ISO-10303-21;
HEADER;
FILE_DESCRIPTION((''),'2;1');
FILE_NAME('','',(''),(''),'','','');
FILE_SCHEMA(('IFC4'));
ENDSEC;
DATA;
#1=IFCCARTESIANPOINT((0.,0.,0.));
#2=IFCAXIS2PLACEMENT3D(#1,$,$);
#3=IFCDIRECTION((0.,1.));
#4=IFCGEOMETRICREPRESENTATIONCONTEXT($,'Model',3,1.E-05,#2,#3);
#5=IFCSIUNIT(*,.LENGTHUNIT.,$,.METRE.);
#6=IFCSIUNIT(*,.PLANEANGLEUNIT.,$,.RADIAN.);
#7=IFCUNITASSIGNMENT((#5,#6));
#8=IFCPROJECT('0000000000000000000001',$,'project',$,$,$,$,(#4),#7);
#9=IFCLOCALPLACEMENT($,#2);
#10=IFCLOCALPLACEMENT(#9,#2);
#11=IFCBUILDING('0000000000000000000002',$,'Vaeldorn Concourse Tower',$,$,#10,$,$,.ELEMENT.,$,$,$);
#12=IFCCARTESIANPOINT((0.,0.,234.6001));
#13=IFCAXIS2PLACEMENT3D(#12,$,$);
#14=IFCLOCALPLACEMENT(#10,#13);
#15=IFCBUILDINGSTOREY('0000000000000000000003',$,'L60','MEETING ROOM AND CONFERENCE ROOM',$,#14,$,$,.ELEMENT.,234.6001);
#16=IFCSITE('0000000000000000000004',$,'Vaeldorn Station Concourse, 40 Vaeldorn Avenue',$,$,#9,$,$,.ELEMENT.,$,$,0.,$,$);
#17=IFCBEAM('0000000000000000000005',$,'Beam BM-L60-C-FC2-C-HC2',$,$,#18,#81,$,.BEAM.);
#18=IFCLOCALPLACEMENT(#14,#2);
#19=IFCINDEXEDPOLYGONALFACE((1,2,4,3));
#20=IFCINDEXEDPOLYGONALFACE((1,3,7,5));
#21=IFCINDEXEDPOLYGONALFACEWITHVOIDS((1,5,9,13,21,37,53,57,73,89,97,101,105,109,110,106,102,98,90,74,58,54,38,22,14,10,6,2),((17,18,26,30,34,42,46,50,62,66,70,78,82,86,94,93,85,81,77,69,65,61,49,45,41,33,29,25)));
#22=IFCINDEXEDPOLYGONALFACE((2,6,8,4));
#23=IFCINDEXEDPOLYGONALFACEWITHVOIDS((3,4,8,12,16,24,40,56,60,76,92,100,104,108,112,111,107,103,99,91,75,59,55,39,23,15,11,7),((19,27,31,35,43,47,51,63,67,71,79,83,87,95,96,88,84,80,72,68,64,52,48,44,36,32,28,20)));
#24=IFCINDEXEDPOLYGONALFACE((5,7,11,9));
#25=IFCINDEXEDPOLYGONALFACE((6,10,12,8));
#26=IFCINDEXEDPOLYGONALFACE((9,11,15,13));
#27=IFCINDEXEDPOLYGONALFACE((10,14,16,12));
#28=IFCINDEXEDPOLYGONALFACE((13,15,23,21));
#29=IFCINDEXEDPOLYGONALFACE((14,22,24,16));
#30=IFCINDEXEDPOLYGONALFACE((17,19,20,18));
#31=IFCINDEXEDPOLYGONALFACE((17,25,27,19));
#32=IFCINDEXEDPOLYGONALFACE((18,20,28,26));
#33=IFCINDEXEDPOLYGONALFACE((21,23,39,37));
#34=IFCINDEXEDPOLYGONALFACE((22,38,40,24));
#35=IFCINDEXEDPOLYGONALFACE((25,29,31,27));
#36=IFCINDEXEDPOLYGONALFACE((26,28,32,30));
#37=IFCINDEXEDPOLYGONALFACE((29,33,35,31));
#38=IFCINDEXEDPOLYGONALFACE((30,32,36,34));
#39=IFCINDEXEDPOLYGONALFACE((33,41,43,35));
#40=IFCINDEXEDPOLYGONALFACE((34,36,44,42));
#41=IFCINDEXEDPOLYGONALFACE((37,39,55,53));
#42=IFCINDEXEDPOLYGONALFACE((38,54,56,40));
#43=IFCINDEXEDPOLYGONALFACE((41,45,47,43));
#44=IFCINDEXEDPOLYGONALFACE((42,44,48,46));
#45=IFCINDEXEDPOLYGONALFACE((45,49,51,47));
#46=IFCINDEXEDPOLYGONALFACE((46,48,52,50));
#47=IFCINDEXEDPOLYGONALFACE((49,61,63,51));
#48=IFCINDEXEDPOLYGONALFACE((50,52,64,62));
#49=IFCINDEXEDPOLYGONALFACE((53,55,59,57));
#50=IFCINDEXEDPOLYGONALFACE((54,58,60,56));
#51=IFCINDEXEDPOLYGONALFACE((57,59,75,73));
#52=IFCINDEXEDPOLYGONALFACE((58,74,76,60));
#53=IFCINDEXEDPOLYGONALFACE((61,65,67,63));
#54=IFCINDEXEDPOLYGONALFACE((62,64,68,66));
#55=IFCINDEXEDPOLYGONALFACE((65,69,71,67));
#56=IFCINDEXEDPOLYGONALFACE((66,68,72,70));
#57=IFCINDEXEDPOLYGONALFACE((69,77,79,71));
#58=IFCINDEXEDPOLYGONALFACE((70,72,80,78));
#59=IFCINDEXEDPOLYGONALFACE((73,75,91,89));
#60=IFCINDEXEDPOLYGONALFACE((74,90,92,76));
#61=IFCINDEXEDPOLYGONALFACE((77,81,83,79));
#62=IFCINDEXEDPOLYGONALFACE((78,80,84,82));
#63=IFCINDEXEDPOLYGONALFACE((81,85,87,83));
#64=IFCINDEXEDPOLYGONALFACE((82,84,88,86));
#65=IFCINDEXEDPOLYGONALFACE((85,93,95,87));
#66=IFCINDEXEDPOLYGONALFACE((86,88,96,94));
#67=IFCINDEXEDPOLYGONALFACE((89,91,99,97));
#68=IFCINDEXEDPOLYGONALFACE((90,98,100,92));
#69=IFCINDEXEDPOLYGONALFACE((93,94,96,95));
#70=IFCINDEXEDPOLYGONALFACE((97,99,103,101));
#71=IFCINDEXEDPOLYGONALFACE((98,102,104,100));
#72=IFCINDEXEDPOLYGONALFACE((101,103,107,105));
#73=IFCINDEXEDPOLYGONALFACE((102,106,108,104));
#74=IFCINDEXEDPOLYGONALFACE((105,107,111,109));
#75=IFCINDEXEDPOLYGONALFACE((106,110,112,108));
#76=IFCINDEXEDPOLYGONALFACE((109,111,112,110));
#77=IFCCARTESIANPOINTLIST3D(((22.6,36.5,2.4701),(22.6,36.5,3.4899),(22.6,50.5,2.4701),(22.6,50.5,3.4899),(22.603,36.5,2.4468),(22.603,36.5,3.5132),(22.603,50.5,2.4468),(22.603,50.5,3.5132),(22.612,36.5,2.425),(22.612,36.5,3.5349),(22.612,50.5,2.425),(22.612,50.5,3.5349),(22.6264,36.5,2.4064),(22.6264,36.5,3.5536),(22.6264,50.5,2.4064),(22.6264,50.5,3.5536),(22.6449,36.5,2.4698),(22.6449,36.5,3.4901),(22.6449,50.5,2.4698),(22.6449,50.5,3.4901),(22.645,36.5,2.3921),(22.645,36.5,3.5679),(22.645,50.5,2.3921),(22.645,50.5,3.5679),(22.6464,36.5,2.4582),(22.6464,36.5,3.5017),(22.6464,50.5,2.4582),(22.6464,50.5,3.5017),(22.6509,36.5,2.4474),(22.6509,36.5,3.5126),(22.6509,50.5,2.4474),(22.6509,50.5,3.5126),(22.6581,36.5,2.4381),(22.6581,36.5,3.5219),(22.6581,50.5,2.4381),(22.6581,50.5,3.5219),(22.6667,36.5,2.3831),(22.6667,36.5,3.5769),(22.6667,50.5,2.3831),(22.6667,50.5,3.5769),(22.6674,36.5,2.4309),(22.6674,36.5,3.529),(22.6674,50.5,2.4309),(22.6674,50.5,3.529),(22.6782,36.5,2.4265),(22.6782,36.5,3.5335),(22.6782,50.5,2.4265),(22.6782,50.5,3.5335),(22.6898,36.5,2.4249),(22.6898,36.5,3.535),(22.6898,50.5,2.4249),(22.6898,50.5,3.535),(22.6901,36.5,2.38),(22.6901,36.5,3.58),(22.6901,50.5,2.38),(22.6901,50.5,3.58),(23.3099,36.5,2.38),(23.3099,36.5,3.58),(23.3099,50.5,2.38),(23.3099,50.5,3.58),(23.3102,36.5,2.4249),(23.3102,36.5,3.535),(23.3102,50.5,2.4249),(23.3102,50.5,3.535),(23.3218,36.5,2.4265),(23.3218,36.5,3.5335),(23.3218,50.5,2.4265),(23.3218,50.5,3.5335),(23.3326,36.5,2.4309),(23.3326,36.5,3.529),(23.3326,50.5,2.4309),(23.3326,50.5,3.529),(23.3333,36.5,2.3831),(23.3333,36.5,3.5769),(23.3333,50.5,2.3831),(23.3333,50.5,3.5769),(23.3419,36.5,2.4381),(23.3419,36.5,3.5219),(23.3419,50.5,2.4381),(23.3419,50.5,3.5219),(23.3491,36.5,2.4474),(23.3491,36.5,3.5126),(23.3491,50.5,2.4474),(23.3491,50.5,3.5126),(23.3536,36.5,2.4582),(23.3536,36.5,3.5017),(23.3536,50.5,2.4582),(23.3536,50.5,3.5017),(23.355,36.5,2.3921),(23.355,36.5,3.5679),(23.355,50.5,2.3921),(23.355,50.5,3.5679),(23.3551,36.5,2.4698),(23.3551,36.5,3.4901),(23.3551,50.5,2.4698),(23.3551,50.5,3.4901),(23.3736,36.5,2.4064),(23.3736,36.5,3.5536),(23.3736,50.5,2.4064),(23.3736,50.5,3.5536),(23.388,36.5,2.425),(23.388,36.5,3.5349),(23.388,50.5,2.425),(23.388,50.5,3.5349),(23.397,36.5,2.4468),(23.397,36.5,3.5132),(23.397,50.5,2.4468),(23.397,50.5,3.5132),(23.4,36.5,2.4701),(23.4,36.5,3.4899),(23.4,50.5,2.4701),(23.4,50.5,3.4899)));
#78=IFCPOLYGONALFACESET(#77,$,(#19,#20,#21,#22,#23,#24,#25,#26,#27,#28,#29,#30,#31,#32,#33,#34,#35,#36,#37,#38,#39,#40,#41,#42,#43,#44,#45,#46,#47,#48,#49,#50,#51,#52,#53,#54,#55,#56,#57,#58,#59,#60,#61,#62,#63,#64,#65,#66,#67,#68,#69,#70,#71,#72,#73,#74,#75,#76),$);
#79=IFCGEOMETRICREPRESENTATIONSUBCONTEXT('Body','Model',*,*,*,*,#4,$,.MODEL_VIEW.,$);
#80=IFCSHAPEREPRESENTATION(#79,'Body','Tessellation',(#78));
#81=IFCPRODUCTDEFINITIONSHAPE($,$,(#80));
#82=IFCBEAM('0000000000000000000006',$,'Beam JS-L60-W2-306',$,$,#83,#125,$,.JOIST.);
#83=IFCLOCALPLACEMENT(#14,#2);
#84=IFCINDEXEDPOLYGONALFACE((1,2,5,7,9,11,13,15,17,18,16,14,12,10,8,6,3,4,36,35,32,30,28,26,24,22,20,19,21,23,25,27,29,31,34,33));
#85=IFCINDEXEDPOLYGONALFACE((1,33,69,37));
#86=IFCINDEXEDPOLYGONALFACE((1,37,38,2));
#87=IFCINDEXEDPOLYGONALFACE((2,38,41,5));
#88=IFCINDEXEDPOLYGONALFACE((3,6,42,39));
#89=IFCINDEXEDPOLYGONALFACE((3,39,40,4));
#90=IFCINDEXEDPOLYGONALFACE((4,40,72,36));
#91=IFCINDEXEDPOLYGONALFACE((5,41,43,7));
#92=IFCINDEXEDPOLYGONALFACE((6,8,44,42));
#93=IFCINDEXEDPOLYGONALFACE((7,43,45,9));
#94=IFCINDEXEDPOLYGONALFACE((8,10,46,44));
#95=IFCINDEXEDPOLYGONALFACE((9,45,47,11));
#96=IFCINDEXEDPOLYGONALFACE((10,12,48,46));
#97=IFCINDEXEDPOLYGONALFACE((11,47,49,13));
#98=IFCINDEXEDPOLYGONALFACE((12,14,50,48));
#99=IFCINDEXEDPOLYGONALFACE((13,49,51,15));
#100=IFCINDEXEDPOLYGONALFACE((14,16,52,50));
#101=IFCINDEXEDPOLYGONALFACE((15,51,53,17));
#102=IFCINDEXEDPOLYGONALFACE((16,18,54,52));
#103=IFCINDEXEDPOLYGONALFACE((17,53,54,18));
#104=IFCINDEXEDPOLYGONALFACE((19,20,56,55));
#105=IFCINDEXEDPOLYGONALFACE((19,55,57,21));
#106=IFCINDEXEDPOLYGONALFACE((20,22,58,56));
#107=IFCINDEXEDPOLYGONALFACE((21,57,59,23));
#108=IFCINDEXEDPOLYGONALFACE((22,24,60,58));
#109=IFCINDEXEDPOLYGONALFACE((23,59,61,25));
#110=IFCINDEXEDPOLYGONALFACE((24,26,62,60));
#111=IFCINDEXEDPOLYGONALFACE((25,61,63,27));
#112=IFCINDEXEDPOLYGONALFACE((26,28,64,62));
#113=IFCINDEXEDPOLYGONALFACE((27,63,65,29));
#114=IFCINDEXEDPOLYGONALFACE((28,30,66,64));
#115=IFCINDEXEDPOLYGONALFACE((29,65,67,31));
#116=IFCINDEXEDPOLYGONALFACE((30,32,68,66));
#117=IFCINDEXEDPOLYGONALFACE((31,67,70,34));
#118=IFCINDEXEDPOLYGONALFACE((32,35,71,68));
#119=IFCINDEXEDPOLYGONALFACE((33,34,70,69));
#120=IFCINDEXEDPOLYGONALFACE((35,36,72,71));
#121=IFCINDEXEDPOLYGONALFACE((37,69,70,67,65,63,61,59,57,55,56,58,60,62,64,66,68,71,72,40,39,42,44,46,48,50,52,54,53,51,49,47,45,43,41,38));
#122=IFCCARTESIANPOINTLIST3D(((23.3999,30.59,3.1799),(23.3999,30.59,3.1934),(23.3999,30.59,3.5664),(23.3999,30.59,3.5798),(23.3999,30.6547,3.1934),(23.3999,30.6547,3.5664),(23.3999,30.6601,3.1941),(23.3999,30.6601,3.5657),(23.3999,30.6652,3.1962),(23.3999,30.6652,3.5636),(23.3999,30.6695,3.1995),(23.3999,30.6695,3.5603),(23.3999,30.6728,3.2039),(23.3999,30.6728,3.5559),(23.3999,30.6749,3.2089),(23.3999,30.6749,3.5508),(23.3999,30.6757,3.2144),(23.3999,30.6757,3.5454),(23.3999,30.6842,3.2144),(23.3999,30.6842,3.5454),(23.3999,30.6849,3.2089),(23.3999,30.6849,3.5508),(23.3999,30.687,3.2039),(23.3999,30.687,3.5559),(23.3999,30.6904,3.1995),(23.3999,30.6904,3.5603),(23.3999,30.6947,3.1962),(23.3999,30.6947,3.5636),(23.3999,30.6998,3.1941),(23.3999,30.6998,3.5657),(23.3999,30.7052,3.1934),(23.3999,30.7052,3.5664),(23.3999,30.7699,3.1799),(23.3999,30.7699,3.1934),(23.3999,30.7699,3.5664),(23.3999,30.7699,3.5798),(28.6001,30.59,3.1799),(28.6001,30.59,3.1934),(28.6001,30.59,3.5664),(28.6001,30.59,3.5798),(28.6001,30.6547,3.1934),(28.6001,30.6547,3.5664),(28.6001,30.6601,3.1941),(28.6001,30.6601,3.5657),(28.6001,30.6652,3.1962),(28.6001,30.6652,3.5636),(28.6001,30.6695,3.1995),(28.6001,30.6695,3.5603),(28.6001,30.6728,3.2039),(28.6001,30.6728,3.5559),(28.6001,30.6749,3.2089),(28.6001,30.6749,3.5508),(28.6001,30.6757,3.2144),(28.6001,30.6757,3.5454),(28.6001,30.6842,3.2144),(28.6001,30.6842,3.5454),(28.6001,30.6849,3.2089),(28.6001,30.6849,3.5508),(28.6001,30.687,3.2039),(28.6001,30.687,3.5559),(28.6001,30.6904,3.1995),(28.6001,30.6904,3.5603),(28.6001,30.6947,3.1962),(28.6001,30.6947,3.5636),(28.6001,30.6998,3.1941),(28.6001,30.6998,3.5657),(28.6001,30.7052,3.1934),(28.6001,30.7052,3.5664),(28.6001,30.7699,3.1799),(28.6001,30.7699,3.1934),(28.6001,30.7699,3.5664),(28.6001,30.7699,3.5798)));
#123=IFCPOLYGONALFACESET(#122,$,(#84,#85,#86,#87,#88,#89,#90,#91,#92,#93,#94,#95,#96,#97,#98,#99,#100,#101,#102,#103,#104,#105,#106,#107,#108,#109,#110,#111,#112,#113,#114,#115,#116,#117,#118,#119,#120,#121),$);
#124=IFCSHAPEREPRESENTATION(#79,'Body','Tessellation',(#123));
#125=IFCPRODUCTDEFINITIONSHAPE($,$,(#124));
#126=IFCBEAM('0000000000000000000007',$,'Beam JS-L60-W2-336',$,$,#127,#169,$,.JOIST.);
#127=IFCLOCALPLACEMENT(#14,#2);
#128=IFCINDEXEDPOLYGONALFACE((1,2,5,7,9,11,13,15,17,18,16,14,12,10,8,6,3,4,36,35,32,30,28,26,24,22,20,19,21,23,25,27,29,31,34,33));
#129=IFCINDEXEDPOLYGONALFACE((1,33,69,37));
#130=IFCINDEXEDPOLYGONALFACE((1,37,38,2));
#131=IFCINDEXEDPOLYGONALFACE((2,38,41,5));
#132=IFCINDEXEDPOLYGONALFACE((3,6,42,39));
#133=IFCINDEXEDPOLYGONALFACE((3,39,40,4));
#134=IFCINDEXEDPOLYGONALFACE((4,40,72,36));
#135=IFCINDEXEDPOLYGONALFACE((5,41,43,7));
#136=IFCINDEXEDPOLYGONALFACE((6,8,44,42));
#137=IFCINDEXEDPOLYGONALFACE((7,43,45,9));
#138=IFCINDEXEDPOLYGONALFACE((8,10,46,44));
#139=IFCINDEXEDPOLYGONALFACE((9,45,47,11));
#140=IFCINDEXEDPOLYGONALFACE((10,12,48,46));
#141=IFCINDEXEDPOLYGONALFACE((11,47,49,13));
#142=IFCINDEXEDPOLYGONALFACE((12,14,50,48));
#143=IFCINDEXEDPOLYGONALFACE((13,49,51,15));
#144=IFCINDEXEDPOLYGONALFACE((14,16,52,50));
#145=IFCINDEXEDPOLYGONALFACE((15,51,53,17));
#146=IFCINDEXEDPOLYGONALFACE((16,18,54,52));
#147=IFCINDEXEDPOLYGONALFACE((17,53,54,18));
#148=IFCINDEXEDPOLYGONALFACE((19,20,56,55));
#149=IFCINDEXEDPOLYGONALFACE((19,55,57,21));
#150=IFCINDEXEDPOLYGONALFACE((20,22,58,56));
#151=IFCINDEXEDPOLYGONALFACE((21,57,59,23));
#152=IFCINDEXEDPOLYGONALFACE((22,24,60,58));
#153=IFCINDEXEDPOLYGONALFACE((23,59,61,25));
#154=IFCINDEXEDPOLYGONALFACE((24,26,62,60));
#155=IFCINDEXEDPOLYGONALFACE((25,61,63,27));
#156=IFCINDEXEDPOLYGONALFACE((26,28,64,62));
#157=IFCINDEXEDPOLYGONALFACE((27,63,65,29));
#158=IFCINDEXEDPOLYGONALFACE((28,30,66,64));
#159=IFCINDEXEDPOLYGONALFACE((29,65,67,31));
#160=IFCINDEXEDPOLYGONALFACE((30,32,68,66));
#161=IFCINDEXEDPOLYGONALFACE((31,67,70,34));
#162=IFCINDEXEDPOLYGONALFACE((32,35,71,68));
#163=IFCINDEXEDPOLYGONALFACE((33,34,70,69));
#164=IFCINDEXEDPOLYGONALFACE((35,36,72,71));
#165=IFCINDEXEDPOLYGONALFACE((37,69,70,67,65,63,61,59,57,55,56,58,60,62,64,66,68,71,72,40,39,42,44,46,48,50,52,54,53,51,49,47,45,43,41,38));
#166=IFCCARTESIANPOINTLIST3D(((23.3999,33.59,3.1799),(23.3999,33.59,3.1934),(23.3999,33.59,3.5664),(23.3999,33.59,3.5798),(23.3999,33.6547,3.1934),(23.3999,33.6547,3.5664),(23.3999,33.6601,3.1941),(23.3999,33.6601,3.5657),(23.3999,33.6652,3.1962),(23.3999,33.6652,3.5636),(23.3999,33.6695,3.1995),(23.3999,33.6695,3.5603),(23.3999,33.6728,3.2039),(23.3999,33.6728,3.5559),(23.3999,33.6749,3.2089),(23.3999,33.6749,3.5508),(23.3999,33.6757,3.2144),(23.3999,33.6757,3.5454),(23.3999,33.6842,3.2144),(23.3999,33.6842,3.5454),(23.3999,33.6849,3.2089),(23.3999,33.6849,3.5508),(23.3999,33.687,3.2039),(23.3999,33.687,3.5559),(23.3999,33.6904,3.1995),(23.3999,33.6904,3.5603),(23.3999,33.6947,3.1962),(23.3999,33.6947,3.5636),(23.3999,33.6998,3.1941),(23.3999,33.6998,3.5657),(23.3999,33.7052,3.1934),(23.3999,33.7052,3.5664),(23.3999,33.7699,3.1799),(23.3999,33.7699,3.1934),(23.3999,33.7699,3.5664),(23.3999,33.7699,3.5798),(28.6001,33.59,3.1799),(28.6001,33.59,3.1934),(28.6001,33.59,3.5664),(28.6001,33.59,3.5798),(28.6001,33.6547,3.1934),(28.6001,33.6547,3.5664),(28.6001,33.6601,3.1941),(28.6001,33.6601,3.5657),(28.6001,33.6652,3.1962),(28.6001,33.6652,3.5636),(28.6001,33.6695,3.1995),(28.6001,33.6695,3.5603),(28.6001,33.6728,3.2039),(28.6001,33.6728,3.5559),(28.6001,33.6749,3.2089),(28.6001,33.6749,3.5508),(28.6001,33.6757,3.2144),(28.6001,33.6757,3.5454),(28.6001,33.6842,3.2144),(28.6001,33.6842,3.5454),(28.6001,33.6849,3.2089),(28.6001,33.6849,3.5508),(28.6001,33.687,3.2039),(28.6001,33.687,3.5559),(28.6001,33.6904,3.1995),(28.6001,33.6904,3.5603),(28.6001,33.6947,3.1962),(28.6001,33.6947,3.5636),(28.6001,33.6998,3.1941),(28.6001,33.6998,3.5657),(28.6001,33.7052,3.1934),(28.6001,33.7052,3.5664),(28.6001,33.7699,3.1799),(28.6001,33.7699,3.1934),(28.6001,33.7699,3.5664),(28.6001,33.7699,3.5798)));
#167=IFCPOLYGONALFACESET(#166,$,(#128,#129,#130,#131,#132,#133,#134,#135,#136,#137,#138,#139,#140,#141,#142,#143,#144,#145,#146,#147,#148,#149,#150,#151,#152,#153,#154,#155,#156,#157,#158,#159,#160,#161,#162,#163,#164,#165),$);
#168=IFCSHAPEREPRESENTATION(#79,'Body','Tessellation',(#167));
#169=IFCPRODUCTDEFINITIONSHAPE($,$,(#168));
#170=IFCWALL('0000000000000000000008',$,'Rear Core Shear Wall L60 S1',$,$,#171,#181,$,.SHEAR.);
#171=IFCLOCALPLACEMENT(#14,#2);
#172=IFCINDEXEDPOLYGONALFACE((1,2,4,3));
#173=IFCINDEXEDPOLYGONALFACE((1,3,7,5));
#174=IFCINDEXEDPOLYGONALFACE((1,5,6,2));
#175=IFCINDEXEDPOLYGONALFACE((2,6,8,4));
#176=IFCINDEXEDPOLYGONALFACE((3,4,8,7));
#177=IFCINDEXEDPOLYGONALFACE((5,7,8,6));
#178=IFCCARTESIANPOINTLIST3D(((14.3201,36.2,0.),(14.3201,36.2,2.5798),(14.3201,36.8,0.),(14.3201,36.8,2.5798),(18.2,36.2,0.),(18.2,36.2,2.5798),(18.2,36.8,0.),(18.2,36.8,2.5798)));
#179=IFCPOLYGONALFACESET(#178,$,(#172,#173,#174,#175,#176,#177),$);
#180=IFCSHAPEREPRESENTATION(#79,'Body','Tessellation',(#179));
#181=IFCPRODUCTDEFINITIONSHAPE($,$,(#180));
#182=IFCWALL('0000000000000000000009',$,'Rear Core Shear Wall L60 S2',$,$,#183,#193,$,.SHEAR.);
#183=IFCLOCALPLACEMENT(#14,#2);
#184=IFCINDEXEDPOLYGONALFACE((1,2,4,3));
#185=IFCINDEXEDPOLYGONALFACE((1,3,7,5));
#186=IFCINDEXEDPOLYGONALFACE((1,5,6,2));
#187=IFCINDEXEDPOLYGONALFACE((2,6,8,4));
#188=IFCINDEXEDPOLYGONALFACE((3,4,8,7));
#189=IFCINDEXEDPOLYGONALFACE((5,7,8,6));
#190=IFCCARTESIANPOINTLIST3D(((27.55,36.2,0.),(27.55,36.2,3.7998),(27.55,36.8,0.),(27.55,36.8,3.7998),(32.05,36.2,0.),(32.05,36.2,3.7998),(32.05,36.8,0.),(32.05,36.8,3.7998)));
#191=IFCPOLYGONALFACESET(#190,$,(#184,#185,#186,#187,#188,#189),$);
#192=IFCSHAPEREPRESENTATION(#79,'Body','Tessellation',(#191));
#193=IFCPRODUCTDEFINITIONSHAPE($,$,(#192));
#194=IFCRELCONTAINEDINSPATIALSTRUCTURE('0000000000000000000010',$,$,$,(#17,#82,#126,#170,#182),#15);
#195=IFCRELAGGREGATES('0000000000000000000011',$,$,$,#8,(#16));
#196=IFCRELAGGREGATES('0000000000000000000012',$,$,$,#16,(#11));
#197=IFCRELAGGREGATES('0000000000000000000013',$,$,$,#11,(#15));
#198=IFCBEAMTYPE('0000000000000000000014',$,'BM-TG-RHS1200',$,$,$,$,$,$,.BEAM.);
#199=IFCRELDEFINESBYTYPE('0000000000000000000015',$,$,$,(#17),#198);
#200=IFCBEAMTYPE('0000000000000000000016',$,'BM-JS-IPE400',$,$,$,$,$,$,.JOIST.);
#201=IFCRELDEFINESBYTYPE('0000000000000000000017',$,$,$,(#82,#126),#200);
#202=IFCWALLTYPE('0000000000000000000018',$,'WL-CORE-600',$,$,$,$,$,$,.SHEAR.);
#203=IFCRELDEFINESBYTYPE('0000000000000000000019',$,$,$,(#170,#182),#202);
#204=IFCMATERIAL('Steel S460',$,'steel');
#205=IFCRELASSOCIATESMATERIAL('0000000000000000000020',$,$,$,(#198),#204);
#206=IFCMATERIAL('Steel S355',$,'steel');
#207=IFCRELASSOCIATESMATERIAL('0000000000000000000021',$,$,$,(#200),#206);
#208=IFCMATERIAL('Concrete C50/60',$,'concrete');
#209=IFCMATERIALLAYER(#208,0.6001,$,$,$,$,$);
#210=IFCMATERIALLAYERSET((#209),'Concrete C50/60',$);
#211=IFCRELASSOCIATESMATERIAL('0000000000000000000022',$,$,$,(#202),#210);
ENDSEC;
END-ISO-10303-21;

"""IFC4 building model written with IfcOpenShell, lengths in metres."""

from ifc_helpers import new_model, si_unit, direction, frame, frame_2d, origin, origin_2d, place, context, subcontext, project, spatial, rectangle, hollow_rectangle, i_section, extrude, source, transform, mapped, material, layer, layer_set, material_profile, profile_set, type_object, element, save


model = new_model("IFC4")

# Units and contexts
model_context = context("Model", 3, precision=1e-05, world=origin(), true_north=direction((0.0, 1.0)))
body_context = subcontext(model_context, "Body", "Model", "MODEL_VIEW")
ifc_project = project(units=[si_unit("LENGTHUNIT", "METRE"), si_unit("PLANEANGLEUNIT", "RADIAN")], contexts=[model_context])

# Site, building, storey
site_placement = place(None, origin())
site = spatial("IfcSite", under=ifc_project, at=site_placement, Name="Vaeldorn Station Concourse, 40 Vaeldorn Avenue", CompositionType="ELEMENT", RefElevation=0.0)
building_placement = place(site_placement, origin())
building = spatial("IfcBuilding", under=site, at=building_placement, Name="Vaeldorn Concourse Tower", CompositionType="ELEMENT")
storey_placement = place(building_placement, frame((0.0, 0.0, 234.6001)))
storey = spatial("IfcBuildingStorey", under=building, at=storey_placement, Name="L60", Description="MEETING ROOM AND CONFERENCE ROOM", CompositionType="ELEMENT", Elevation=234.6001)

# Shared definitions
ifc_material_1 = material(Name="Steel S460", Category="steel")
ifc_material_2 = material(Name="Steel S355", Category="steel")

# Beams
ifc_material_profile_1 = material_profile(ifc_material_1, hollow_rectangle(XDim=0.8, YDim=1.2, WallThickness=0.0449, InnerFilletRadius=0.0449, OuterFilletRadius=0.0901, at=origin_2d()), Name="RHS 1200x800x45")
ifc_profile_set_1 = profile_set([ifc_material_profile_1], Name="Steel S460")
beam_type_1 = type_object("IfcBeamType", Name="BM-TG-RHS1200", PredefinedType="BEAM", material=ifc_profile_set_1)
shared_shape_1 = source(origin(), body_context, "Body", "SweptSolid", [
    extrude(hollow_rectangle(XDim=0.8, YDim=1.2, WallThickness=0.0449, InnerFilletRadius=0.0449, OuterFilletRadius=0.0901, at=origin_2d()), origin(), (0.0, 0.0, 1.0), 14.0),
])
beam_placement = place(storey_placement, frame((23.0, 36.5, 2.98), z_axis=(0.0, 1.0, 0.0), x_axis=(-1.0, 0.0, 0.0)))
element("IfcBeam", 1, at=beam_placement, inside=storey, type_object=beam_type_1, Name="Beam BM-L60-C-FC2-C-HC2", PredefinedType="BEAM", context=body_context, shape_type="MappedRepresentation", body=[
    mapped(shared_shape_1, transform((0.0, 0.0, 0.0), scale=1.0)),
])
ifc_material_profile_2 = material_profile(ifc_material_2, i_section(OverallWidth=0.1799, OverallDepth=0.3999, WebThickness=0.0085, FlangeThickness=0.0134, FilletRadius=0.021, at=origin_2d()), Name="IPE 400")
ifc_profile_set_2 = profile_set([ifc_material_profile_2], Name="Steel S355")
beam_type_2 = type_object("IfcBeamType", Name="BM-JS-IPE400", PredefinedType="JOIST", material=ifc_profile_set_2)
shared_shape_2 = source(origin(), body_context, "Body", "SweptSolid", [
    extrude(i_section(OverallWidth=0.1799, OverallDepth=0.3999, WebThickness=0.0085, FlangeThickness=0.0134, FilletRadius=0.021, at=origin_2d()), origin(), (0.0, 0.0, 1.0), 5.2002),
])
for number, where, z_axis, x_axis, name in (
    (2, (23.3999, 30.6799, 3.3799), (1.0, 0.0, 0.0), (0.0, 1.0, 0.0), "Beam JS-L60-W2-306"),
    (3, (23.3999, 33.6799, 3.3799), (1.0, 0.0, 0.0), (0.0, 1.0, 0.0), "Beam JS-L60-W2-336"),
):
    element("IfcBeam", number, at=place(storey_placement, frame(where, z_axis=z_axis, x_axis=x_axis)), inside=storey, type_object=beam_type_2, Name=name, PredefinedType="JOIST", context=body_context, shape_type="MappedRepresentation", body=[
        mapped(shared_shape_2, transform((0.0, 0.0, 0.0), scale=1.0)),
    ])

# Walls
ifc_material_3 = material(Name="Concrete C50/60", Category="concrete")
ifc_layer_1 = layer(ifc_material_3, 0.6001)
ifc_layer_set_1 = layer_set([ifc_layer_1], Name="Concrete C50/60")
wall_type_1 = type_object("IfcWallType", Name="WL-CORE-600", PredefinedType="SHEAR", material=ifc_layer_set_1)
wall_1_placement = place(storey_placement, frame((14.3201, 36.5, 0.0), z_axis=(0.0, 0.0, 1.0), x_axis=(1.0, 0.0, 0.0)))
element("IfcWall", 4, at=wall_1_placement, inside=storey, type_object=wall_type_1, Name="Rear Core Shear Wall L60 S1", PredefinedType="SHEAR", context=body_context, shape_type="SweptSolid", body=[
    extrude(rectangle(XDim=3.8799, YDim=0.6001, at=frame_2d((1.9399, 0.0))), origin(), (0.0, 0.0, 1.0), 2.5798),
])
wall_2_placement = place(storey_placement, frame((27.55, 36.5, 0.0), z_axis=(0.0, 0.0, 1.0), x_axis=(1.0, 0.0, 0.0)))
element("IfcWall", 5, at=wall_2_placement, inside=storey, type_object=wall_type_1, Name="Rear Core Shear Wall L60 S2", PredefinedType="SHEAR", context=body_context, shape_type="SweptSolid", body=[
    extrude(rectangle(XDim=4.5, YDim=0.6001, at=frame_2d((2.25, 0.0))), origin(), (0.0, 0.0, 1.0), 3.7998),
])

save(model, "model.ifc")
